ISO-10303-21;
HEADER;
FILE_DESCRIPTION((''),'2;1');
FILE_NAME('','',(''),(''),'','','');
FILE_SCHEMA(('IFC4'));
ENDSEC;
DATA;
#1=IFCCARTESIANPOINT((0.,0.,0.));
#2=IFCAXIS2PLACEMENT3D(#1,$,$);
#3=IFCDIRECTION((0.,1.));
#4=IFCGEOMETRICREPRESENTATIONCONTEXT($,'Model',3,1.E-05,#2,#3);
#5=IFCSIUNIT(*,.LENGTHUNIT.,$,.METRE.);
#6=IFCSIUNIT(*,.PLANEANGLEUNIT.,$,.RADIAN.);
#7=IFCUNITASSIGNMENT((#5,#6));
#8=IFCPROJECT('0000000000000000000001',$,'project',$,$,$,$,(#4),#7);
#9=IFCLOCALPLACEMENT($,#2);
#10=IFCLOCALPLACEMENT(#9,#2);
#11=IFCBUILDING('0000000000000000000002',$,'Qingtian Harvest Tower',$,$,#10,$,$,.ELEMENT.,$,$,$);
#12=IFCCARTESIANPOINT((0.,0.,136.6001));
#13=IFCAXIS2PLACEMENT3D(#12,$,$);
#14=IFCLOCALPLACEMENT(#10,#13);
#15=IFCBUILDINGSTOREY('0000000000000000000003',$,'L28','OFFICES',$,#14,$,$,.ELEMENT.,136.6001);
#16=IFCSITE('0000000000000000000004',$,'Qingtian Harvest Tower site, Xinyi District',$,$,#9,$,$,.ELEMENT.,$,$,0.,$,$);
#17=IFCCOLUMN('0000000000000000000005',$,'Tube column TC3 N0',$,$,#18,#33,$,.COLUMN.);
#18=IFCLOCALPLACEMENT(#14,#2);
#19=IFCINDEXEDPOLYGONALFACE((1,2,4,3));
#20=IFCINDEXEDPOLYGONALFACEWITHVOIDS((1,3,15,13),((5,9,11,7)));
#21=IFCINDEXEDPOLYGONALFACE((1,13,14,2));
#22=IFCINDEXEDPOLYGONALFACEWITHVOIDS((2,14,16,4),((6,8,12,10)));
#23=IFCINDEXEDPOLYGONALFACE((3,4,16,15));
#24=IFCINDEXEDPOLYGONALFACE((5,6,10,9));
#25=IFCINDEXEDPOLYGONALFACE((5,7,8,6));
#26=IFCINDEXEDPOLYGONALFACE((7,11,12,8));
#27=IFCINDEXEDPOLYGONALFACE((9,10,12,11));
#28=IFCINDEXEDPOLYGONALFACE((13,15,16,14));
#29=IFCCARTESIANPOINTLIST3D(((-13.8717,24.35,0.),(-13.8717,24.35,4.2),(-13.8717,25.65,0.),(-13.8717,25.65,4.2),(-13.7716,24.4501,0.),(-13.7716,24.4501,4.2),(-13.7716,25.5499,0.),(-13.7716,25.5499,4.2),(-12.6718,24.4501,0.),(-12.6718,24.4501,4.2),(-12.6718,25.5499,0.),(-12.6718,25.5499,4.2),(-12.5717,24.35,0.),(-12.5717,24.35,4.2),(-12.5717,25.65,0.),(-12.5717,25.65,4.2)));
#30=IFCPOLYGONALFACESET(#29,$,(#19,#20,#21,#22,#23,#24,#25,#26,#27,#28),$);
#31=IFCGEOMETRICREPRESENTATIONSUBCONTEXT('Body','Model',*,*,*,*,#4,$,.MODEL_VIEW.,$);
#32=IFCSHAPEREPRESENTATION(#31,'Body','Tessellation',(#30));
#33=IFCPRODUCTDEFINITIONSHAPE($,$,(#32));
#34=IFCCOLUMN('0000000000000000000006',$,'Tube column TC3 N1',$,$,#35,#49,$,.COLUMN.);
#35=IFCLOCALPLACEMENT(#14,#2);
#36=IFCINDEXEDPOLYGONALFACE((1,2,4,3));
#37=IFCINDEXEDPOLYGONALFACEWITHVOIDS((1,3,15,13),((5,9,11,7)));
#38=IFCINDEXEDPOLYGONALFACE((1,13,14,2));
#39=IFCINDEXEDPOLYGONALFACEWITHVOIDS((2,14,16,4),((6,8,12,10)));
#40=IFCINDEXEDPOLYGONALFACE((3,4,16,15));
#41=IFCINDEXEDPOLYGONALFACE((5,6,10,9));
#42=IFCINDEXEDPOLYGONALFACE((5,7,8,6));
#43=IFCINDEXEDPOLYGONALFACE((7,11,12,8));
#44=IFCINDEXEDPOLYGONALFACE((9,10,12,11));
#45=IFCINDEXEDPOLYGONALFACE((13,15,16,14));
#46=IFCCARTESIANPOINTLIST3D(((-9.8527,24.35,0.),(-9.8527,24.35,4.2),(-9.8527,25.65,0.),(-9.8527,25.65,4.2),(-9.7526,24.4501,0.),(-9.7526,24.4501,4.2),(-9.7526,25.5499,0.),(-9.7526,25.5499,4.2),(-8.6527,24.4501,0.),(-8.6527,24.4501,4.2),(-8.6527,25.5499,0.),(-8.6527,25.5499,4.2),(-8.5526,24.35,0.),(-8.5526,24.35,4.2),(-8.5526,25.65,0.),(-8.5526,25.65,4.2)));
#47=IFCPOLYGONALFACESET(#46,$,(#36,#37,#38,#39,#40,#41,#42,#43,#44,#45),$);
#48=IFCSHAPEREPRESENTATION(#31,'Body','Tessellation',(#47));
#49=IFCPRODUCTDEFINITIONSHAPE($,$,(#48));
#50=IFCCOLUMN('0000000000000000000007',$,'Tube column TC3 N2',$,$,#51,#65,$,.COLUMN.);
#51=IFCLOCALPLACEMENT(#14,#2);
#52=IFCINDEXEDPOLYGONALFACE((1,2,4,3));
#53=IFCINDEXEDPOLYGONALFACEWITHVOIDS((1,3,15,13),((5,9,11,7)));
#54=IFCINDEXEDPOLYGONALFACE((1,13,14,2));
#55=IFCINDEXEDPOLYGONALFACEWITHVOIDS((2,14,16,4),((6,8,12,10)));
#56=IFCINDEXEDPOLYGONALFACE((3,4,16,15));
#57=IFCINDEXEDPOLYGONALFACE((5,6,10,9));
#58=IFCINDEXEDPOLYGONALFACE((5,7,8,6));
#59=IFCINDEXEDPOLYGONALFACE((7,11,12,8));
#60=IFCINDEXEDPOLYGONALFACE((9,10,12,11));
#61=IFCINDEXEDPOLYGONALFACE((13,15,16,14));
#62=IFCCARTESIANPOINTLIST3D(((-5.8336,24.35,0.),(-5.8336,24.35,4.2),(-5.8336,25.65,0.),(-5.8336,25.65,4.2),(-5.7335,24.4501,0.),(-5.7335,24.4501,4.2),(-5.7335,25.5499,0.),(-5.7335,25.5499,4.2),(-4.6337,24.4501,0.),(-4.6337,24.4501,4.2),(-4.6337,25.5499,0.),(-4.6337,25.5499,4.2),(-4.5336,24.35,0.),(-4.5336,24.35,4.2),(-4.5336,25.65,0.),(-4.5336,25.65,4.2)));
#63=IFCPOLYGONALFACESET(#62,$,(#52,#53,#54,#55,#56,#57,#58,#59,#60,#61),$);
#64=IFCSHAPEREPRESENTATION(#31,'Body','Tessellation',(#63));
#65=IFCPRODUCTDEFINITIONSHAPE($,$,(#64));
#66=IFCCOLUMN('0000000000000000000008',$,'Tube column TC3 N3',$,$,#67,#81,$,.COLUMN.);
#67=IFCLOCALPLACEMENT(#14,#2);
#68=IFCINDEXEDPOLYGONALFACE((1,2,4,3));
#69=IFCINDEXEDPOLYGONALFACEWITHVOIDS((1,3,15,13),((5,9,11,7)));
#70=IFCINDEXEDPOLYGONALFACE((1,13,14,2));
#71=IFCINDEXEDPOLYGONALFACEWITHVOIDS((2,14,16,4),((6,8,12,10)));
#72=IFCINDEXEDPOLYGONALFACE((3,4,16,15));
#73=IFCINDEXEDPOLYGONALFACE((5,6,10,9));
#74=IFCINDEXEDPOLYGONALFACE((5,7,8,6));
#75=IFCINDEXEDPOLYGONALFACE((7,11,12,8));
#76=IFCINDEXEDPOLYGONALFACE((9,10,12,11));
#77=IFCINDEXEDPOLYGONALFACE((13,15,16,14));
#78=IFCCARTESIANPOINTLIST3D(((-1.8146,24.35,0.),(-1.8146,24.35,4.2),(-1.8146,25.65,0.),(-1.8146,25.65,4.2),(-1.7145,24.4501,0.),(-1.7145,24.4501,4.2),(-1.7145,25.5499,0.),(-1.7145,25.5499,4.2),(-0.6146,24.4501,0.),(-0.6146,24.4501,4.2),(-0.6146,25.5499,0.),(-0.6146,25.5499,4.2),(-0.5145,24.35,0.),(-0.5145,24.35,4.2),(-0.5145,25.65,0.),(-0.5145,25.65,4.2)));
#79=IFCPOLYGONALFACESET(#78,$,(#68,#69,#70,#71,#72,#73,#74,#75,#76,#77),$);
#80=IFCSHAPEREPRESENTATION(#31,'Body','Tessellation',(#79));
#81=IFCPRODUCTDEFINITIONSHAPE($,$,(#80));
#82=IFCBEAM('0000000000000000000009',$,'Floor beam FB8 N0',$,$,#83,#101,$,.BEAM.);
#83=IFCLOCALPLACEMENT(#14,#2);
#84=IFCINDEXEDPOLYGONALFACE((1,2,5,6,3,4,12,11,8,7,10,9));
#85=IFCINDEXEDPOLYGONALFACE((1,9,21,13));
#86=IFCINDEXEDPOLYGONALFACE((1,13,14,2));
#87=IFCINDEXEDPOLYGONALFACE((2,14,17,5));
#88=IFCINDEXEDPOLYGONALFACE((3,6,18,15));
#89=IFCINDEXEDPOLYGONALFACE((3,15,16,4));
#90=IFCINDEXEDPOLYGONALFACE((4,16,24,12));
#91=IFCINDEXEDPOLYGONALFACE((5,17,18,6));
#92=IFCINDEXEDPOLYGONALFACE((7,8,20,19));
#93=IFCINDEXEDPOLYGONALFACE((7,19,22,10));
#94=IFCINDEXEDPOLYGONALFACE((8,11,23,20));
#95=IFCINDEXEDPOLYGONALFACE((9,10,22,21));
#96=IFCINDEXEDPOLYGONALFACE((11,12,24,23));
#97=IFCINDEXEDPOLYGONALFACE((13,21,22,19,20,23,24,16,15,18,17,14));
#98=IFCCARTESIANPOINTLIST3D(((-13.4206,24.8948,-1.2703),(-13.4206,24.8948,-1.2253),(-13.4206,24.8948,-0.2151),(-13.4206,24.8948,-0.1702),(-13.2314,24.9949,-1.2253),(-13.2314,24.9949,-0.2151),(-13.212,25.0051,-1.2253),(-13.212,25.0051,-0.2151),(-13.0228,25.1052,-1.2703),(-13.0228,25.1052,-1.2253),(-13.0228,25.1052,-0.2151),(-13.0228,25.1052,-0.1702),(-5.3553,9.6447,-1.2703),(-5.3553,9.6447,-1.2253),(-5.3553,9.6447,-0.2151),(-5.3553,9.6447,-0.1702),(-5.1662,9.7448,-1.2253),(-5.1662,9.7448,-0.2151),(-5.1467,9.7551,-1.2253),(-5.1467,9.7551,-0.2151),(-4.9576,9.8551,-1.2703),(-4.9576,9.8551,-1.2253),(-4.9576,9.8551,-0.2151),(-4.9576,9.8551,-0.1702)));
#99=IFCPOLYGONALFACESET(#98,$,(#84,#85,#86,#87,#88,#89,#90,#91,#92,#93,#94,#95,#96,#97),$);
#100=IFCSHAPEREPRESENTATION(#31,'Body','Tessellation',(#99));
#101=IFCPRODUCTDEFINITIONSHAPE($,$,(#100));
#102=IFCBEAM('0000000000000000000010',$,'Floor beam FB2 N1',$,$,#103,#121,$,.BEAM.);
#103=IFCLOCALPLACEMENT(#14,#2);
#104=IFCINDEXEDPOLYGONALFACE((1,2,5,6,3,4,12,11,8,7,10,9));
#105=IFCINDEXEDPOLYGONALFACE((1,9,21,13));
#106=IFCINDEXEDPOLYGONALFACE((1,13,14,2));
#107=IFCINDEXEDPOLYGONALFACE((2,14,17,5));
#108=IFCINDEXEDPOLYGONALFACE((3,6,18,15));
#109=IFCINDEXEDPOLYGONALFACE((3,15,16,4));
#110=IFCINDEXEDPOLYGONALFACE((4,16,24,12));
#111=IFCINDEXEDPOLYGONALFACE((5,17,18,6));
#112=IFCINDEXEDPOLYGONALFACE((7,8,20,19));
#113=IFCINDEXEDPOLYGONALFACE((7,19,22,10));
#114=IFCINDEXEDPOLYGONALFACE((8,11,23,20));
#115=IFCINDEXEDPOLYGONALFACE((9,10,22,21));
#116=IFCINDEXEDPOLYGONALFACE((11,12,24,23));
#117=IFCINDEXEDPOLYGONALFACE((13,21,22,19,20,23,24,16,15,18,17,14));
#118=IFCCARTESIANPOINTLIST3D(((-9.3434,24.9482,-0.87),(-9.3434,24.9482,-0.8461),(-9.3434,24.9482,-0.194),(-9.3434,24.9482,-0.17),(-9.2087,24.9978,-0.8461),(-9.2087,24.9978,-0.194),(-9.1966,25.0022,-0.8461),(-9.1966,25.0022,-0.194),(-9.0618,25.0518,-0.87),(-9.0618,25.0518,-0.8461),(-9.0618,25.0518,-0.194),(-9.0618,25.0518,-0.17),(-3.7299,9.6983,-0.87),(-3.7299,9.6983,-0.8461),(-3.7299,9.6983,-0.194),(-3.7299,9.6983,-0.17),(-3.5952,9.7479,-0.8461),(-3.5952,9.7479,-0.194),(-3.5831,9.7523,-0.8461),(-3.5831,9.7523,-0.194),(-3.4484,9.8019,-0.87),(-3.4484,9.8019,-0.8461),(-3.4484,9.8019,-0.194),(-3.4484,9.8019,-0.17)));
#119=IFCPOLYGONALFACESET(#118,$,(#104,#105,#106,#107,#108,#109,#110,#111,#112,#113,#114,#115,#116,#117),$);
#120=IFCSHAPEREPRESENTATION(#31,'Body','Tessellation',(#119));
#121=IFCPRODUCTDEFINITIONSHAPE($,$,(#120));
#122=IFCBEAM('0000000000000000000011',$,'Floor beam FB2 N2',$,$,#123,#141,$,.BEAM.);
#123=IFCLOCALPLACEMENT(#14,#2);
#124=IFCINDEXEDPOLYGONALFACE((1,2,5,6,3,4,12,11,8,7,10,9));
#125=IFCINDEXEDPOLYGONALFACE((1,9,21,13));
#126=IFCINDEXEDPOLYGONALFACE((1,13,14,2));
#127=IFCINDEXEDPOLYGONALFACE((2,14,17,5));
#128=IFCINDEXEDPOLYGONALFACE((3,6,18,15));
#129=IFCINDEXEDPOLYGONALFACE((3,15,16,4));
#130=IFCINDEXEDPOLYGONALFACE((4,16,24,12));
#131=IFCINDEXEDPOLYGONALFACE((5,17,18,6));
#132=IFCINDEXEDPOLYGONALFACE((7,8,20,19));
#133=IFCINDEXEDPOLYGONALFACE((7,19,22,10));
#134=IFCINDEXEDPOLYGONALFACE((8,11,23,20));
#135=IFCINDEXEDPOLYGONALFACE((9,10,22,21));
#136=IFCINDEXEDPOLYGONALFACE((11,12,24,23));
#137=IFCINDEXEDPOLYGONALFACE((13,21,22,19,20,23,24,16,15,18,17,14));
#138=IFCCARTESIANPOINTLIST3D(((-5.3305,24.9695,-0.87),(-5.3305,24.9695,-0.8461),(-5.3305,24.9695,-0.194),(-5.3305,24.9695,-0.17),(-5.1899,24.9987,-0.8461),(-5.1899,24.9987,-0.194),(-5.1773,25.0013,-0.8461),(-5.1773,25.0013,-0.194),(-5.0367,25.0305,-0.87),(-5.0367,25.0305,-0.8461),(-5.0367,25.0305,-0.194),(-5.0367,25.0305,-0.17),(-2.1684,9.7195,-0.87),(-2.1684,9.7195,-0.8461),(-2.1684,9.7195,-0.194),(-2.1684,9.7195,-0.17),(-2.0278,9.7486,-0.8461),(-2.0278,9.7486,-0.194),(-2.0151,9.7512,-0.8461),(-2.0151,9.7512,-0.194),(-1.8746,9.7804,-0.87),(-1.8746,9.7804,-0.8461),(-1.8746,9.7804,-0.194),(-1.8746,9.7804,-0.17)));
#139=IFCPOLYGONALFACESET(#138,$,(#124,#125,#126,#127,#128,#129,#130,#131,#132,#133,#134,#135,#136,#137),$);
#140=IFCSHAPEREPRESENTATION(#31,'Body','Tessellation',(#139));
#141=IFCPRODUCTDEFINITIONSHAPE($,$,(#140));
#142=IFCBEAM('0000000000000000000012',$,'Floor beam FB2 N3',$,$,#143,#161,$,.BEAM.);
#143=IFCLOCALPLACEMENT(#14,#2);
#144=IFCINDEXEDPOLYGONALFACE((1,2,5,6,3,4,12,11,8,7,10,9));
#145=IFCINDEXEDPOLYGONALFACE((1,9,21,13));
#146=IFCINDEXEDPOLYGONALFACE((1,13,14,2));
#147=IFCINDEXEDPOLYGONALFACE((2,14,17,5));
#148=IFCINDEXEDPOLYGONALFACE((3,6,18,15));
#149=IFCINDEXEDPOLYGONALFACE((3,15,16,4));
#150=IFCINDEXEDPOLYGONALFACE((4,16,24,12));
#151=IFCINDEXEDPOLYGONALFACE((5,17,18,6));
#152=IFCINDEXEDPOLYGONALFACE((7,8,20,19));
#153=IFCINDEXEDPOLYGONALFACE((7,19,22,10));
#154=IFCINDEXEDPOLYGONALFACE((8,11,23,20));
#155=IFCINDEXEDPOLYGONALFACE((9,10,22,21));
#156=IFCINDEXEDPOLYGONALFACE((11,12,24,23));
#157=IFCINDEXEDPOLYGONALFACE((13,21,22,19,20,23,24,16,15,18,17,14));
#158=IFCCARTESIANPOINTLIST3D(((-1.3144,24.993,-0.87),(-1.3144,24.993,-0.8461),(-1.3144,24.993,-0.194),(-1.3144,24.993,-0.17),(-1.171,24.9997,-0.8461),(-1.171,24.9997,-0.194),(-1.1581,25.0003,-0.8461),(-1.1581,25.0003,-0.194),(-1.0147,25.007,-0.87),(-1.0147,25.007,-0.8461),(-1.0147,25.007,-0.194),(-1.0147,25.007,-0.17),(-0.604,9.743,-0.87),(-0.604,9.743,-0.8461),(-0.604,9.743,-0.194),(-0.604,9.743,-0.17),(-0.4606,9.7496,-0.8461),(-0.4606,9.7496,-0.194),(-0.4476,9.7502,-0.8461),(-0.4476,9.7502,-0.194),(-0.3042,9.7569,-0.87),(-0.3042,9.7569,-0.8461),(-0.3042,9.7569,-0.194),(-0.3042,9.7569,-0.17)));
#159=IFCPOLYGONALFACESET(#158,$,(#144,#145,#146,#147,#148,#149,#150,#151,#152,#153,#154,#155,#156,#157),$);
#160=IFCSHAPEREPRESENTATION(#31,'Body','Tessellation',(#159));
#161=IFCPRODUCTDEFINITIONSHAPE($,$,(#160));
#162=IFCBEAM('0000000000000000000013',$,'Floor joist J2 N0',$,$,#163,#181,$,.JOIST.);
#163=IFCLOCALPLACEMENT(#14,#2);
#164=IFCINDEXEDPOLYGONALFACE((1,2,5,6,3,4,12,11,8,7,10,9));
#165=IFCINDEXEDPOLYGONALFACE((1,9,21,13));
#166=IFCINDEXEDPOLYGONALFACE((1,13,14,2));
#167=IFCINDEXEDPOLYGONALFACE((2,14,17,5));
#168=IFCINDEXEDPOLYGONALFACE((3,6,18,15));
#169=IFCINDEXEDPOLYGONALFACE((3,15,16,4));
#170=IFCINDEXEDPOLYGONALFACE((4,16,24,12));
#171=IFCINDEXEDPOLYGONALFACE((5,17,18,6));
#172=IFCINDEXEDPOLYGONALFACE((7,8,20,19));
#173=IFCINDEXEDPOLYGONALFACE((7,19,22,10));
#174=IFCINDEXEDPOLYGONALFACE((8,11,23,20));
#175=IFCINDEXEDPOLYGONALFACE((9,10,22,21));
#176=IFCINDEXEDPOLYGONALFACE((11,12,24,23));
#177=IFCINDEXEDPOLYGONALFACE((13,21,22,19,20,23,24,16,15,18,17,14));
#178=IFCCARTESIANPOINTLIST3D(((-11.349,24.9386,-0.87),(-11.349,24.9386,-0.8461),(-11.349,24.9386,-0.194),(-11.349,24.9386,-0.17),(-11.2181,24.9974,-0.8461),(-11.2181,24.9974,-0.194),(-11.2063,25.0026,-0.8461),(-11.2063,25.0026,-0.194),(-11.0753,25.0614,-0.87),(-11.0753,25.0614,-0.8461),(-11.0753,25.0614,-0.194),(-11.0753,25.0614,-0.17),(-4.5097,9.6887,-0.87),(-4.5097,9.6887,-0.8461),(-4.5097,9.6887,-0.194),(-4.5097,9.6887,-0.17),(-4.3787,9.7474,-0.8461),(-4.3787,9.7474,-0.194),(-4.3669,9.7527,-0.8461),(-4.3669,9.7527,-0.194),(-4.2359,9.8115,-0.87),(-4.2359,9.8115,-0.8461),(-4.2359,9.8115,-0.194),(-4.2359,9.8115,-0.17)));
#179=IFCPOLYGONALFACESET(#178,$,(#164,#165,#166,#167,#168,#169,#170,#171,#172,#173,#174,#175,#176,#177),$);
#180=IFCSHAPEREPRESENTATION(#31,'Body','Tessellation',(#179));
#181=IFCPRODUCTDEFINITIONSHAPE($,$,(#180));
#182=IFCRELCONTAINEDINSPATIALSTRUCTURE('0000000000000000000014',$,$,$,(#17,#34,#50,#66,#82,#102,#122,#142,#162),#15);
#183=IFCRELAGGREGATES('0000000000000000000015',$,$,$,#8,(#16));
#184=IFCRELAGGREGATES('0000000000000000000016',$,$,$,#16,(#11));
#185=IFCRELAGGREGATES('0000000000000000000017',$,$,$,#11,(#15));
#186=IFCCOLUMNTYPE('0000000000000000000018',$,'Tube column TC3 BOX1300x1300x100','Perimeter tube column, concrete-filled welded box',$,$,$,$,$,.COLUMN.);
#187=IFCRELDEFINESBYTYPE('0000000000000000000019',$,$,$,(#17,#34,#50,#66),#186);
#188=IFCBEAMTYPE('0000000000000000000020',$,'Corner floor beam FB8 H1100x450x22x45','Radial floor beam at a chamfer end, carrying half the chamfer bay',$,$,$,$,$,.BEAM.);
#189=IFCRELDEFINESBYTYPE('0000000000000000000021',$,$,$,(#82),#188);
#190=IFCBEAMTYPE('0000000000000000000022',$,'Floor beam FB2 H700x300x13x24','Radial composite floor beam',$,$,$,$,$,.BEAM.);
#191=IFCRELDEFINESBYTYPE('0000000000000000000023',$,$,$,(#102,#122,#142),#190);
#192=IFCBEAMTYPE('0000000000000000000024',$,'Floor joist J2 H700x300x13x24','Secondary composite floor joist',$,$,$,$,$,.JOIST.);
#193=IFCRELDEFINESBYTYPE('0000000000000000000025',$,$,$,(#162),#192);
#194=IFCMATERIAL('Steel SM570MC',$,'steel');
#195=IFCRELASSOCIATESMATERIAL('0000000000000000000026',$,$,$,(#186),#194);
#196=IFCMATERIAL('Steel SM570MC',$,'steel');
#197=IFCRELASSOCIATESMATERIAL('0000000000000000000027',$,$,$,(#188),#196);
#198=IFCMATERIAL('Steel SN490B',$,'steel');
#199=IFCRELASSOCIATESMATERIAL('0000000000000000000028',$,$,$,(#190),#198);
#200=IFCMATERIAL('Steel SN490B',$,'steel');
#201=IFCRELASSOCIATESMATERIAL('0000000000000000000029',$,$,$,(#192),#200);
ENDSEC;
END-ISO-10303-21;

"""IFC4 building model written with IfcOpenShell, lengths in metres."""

from ifc_helpers import new_model, si_unit, direction, frame, origin, origin_2d, place, context, subcontext, project, spatial, hollow_rectangle, i_section, extrude, material, material_profile, profile_set, type_object, element, save


model = new_model("IFC4")

# Units and contexts
model_context = context("Model", 3, precision=1e-05, world=origin(), true_north=direction((0.0, 1.0)))
body_context = subcontext(model_context, "Body", "Model", "MODEL_VIEW")
ifc_project = project(units=[si_unit("LENGTHUNIT", "METRE"), si_unit("PLANEANGLEUNIT", "RADIAN")], contexts=[model_context])

# Site, building, storey
site_placement = place(None, origin())
site = spatial("IfcSite", under=ifc_project, at=site_placement, Name="Qingtian Harvest Tower site, Xinyi District", CompositionType="ELEMENT", RefElevation=0.0)
building_placement = place(site_placement, origin())
building = spatial("IfcBuilding", under=site, at=building_placement, Name="Qingtian Harvest Tower", CompositionType="ELEMENT")
storey_placement = place(building_placement, frame((0.0, 0.0, 136.6001)))
storey = spatial("IfcBuildingStorey", under=building, at=storey_placement, Name="L28", Description="OFFICES", CompositionType="ELEMENT", Elevation=136.6001)

# Columns
ifc_material_1 = material(Name="Steel SM570MC", Category="steel")
ifc_material_profile_1 = material_profile(ifc_material_1, hollow_rectangle(XDim=1.3, YDim=1.3, WallThickness=0.1001, at=origin_2d()), Name="BOX1300x1300x100")
ifc_profile_set_1 = profile_set([ifc_material_profile_1], Name="Steel SM570MC")
column_type = type_object("IfcColumnType", Name="Tube column TC3 BOX1300x1300x100", Description="Perimeter tube column, concrete-filled welded box", PredefinedType="COLUMN", material=ifc_profile_set_1)
for number, where, z_axis, x_axis, name in (
    (1, (-13.2217, 25.0, 0.0), (0.0, 0.0, 1.0), (-1.0, 0.0, 0.0), "Tube column TC3 N0"),
    (2, (-9.2026, 25.0, 0.0), (0.0, 0.0, 1.0), (-1.0, 0.0, 0.0), "Tube column TC3 N1"),
    (3, (-5.1836, 25.0, 0.0), (0.0, 0.0, 1.0), (-1.0, 0.0, 0.0), "Tube column TC3 N2"),
    (4, (-1.1646, 25.0, 0.0), (0.0, 0.0, 1.0), (-1.0, 0.0, 0.0), "Tube column TC3 N3"),
):
    element("IfcColumn", number, at=place(storey_placement, frame(where, z_axis=z_axis, x_axis=x_axis)), inside=storey, type_object=column_type, Name=name, PredefinedType="COLUMN", context=body_context, shape_type="SweptSolid", body=[
        extrude(hollow_rectangle(XDim=1.3, YDim=1.3, WallThickness=0.1001, at=origin_2d()), origin(), (0.0, 0.0, 1.0), 4.2),
    ])

# Beams
ifc_material_2 = material(Name="Steel SM570MC", Category="steel")
ifc_material_profile_2 = material_profile(ifc_material_2, i_section(OverallWidth=0.45, OverallDepth=1.1001, WebThickness=0.022, FlangeThickness=0.0449, at=origin_2d()), Name="H1100x450x22x45")
ifc_profile_set_2 = profile_set([ifc_material_profile_2], Name="Steel SM570MC")
beam_type_1 = type_object("IfcBeamType", Name="Corner floor beam FB8 H1100x450x22x45", Description="Radial floor beam at a chamfer end, carrying half the chamfer bay", PredefinedType="BEAM", material=ifc_profile_set_2)
beam_1_placement = place(storey_placement, frame((-13.2217, 25.0, -0.7202), z_axis=(0.46751, -0.883988, 0.0), x_axis=(0.883988, 0.46751, 0.0)))
element("IfcBeam", 5, at=beam_1_placement, inside=storey, type_object=beam_type_1, Name="Floor beam FB8 N0", PredefinedType="BEAM", context=body_context, shape_type="SweptSolid", body=[
    extrude(i_section(OverallWidth=0.45, OverallDepth=1.1001, WebThickness=0.022, FlangeThickness=0.0449, at=origin_2d()), origin(), (0.0, 0.0, 1.0), 17.2515),
])
ifc_material_3 = material(Name="Steel SN490B", Category="steel")
ifc_material_profile_3 = material_profile(ifc_material_3, i_section(OverallWidth=0.3, OverallDepth=0.7, WebThickness=0.0129, FlangeThickness=0.0239, at=origin_2d()), Name="H700x300x13x24")
ifc_profile_set_3 = profile_set([ifc_material_profile_3], Name="Steel SN490B")
beam_type_2 = type_object("IfcBeamType", Name="Floor beam FB2 H700x300x13x24", Description="Radial composite floor beam", PredefinedType="BEAM", material=ifc_profile_set_3)
beam_2_placement = place(storey_placement, frame((-9.2026, 25.0, -0.52), z_axis=(0.34544, -0.938441, 0.0), x_axis=(0.938441, 0.34544, 0.0)))
element("IfcBeam", 6, at=beam_2_placement, inside=storey, type_object=beam_type_2, Name="Floor beam FB2 N1", PredefinedType="BEAM", context=body_context, shape_type="SweptSolid", body=[
    extrude(i_section(OverallWidth=0.3, OverallDepth=0.7, WebThickness=0.0129, FlangeThickness=0.0239, at=origin_2d()), origin(), (0.0, 0.0, 1.0), 16.2502),
])
beam_3_placement = place(storey_placement, frame((-5.1836, 25.0, -0.52), z_axis=(0.203033, -0.979172, 0.0), x_axis=(0.979172, 0.203033, 0.0)))
element("IfcBeam", 7, at=beam_3_placement, inside=storey, type_object=beam_type_2, Name="Floor beam FB2 N2", PredefinedType="BEAM", context=body_context, shape_type="SweptSolid", body=[
    extrude(i_section(OverallWidth=0.3, OverallDepth=0.7, WebThickness=0.0129, FlangeThickness=0.0239, at=origin_2d()), origin(), (0.0, 0.0, 1.0), 15.5745),
])
beam_4_placement = place(storey_placement, frame((-1.1646, 25.0, -0.52), z_axis=(0.046536, -0.998917, 0.0), x_axis=(0.998917, 0.046536, 0.0)))
element("IfcBeam", 8, at=beam_4_placement, inside=storey, type_object=beam_type_2, Name="Floor beam FB2 N3", PredefinedType="BEAM", context=body_context, shape_type="SweptSolid", body=[
    extrude(i_section(OverallWidth=0.3, OverallDepth=0.7, WebThickness=0.0129, FlangeThickness=0.0239, at=origin_2d()), origin(), (0.0, 0.0, 1.0), 15.2666),
])
ifc_material_4 = material(Name="Steel SN490B", Category="steel")
ifc_material_profile_4 = material_profile(ifc_material_4, i_section(OverallWidth=0.3, OverallDepth=0.7, WebThickness=0.0129, FlangeThickness=0.0239, at=origin_2d()), Name="H700x300x13x24")
ifc_profile_set_4 = profile_set([ifc_material_profile_4], Name="Steel SN490B")
beam_type_3 = type_object("IfcBeamType", Name="Floor joist J2 H700x300x13x24", Description="Secondary composite floor joist", PredefinedType="JOIST", material=ifc_profile_set_4)
beam_5_placement = place(storey_placement, frame((-11.2122, 25.0, -0.52), z_axis=(0.409213, -0.912439, 0.0), x_axis=(0.912439, 0.409213, 0.0)))
element("IfcBeam", 9, at=beam_5_placement, inside=storey, type_object=beam_type_3, Name="Floor joist J2 N0", PredefinedType="JOIST", context=body_context, shape_type="SweptSolid", body=[
    extrude(i_section(OverallWidth=0.3, OverallDepth=0.7, WebThickness=0.0129, FlangeThickness=0.0239, at=origin_2d()), origin(), (0.0, 0.0, 1.0), 16.7134),
])

save(model, "model.ifc")
